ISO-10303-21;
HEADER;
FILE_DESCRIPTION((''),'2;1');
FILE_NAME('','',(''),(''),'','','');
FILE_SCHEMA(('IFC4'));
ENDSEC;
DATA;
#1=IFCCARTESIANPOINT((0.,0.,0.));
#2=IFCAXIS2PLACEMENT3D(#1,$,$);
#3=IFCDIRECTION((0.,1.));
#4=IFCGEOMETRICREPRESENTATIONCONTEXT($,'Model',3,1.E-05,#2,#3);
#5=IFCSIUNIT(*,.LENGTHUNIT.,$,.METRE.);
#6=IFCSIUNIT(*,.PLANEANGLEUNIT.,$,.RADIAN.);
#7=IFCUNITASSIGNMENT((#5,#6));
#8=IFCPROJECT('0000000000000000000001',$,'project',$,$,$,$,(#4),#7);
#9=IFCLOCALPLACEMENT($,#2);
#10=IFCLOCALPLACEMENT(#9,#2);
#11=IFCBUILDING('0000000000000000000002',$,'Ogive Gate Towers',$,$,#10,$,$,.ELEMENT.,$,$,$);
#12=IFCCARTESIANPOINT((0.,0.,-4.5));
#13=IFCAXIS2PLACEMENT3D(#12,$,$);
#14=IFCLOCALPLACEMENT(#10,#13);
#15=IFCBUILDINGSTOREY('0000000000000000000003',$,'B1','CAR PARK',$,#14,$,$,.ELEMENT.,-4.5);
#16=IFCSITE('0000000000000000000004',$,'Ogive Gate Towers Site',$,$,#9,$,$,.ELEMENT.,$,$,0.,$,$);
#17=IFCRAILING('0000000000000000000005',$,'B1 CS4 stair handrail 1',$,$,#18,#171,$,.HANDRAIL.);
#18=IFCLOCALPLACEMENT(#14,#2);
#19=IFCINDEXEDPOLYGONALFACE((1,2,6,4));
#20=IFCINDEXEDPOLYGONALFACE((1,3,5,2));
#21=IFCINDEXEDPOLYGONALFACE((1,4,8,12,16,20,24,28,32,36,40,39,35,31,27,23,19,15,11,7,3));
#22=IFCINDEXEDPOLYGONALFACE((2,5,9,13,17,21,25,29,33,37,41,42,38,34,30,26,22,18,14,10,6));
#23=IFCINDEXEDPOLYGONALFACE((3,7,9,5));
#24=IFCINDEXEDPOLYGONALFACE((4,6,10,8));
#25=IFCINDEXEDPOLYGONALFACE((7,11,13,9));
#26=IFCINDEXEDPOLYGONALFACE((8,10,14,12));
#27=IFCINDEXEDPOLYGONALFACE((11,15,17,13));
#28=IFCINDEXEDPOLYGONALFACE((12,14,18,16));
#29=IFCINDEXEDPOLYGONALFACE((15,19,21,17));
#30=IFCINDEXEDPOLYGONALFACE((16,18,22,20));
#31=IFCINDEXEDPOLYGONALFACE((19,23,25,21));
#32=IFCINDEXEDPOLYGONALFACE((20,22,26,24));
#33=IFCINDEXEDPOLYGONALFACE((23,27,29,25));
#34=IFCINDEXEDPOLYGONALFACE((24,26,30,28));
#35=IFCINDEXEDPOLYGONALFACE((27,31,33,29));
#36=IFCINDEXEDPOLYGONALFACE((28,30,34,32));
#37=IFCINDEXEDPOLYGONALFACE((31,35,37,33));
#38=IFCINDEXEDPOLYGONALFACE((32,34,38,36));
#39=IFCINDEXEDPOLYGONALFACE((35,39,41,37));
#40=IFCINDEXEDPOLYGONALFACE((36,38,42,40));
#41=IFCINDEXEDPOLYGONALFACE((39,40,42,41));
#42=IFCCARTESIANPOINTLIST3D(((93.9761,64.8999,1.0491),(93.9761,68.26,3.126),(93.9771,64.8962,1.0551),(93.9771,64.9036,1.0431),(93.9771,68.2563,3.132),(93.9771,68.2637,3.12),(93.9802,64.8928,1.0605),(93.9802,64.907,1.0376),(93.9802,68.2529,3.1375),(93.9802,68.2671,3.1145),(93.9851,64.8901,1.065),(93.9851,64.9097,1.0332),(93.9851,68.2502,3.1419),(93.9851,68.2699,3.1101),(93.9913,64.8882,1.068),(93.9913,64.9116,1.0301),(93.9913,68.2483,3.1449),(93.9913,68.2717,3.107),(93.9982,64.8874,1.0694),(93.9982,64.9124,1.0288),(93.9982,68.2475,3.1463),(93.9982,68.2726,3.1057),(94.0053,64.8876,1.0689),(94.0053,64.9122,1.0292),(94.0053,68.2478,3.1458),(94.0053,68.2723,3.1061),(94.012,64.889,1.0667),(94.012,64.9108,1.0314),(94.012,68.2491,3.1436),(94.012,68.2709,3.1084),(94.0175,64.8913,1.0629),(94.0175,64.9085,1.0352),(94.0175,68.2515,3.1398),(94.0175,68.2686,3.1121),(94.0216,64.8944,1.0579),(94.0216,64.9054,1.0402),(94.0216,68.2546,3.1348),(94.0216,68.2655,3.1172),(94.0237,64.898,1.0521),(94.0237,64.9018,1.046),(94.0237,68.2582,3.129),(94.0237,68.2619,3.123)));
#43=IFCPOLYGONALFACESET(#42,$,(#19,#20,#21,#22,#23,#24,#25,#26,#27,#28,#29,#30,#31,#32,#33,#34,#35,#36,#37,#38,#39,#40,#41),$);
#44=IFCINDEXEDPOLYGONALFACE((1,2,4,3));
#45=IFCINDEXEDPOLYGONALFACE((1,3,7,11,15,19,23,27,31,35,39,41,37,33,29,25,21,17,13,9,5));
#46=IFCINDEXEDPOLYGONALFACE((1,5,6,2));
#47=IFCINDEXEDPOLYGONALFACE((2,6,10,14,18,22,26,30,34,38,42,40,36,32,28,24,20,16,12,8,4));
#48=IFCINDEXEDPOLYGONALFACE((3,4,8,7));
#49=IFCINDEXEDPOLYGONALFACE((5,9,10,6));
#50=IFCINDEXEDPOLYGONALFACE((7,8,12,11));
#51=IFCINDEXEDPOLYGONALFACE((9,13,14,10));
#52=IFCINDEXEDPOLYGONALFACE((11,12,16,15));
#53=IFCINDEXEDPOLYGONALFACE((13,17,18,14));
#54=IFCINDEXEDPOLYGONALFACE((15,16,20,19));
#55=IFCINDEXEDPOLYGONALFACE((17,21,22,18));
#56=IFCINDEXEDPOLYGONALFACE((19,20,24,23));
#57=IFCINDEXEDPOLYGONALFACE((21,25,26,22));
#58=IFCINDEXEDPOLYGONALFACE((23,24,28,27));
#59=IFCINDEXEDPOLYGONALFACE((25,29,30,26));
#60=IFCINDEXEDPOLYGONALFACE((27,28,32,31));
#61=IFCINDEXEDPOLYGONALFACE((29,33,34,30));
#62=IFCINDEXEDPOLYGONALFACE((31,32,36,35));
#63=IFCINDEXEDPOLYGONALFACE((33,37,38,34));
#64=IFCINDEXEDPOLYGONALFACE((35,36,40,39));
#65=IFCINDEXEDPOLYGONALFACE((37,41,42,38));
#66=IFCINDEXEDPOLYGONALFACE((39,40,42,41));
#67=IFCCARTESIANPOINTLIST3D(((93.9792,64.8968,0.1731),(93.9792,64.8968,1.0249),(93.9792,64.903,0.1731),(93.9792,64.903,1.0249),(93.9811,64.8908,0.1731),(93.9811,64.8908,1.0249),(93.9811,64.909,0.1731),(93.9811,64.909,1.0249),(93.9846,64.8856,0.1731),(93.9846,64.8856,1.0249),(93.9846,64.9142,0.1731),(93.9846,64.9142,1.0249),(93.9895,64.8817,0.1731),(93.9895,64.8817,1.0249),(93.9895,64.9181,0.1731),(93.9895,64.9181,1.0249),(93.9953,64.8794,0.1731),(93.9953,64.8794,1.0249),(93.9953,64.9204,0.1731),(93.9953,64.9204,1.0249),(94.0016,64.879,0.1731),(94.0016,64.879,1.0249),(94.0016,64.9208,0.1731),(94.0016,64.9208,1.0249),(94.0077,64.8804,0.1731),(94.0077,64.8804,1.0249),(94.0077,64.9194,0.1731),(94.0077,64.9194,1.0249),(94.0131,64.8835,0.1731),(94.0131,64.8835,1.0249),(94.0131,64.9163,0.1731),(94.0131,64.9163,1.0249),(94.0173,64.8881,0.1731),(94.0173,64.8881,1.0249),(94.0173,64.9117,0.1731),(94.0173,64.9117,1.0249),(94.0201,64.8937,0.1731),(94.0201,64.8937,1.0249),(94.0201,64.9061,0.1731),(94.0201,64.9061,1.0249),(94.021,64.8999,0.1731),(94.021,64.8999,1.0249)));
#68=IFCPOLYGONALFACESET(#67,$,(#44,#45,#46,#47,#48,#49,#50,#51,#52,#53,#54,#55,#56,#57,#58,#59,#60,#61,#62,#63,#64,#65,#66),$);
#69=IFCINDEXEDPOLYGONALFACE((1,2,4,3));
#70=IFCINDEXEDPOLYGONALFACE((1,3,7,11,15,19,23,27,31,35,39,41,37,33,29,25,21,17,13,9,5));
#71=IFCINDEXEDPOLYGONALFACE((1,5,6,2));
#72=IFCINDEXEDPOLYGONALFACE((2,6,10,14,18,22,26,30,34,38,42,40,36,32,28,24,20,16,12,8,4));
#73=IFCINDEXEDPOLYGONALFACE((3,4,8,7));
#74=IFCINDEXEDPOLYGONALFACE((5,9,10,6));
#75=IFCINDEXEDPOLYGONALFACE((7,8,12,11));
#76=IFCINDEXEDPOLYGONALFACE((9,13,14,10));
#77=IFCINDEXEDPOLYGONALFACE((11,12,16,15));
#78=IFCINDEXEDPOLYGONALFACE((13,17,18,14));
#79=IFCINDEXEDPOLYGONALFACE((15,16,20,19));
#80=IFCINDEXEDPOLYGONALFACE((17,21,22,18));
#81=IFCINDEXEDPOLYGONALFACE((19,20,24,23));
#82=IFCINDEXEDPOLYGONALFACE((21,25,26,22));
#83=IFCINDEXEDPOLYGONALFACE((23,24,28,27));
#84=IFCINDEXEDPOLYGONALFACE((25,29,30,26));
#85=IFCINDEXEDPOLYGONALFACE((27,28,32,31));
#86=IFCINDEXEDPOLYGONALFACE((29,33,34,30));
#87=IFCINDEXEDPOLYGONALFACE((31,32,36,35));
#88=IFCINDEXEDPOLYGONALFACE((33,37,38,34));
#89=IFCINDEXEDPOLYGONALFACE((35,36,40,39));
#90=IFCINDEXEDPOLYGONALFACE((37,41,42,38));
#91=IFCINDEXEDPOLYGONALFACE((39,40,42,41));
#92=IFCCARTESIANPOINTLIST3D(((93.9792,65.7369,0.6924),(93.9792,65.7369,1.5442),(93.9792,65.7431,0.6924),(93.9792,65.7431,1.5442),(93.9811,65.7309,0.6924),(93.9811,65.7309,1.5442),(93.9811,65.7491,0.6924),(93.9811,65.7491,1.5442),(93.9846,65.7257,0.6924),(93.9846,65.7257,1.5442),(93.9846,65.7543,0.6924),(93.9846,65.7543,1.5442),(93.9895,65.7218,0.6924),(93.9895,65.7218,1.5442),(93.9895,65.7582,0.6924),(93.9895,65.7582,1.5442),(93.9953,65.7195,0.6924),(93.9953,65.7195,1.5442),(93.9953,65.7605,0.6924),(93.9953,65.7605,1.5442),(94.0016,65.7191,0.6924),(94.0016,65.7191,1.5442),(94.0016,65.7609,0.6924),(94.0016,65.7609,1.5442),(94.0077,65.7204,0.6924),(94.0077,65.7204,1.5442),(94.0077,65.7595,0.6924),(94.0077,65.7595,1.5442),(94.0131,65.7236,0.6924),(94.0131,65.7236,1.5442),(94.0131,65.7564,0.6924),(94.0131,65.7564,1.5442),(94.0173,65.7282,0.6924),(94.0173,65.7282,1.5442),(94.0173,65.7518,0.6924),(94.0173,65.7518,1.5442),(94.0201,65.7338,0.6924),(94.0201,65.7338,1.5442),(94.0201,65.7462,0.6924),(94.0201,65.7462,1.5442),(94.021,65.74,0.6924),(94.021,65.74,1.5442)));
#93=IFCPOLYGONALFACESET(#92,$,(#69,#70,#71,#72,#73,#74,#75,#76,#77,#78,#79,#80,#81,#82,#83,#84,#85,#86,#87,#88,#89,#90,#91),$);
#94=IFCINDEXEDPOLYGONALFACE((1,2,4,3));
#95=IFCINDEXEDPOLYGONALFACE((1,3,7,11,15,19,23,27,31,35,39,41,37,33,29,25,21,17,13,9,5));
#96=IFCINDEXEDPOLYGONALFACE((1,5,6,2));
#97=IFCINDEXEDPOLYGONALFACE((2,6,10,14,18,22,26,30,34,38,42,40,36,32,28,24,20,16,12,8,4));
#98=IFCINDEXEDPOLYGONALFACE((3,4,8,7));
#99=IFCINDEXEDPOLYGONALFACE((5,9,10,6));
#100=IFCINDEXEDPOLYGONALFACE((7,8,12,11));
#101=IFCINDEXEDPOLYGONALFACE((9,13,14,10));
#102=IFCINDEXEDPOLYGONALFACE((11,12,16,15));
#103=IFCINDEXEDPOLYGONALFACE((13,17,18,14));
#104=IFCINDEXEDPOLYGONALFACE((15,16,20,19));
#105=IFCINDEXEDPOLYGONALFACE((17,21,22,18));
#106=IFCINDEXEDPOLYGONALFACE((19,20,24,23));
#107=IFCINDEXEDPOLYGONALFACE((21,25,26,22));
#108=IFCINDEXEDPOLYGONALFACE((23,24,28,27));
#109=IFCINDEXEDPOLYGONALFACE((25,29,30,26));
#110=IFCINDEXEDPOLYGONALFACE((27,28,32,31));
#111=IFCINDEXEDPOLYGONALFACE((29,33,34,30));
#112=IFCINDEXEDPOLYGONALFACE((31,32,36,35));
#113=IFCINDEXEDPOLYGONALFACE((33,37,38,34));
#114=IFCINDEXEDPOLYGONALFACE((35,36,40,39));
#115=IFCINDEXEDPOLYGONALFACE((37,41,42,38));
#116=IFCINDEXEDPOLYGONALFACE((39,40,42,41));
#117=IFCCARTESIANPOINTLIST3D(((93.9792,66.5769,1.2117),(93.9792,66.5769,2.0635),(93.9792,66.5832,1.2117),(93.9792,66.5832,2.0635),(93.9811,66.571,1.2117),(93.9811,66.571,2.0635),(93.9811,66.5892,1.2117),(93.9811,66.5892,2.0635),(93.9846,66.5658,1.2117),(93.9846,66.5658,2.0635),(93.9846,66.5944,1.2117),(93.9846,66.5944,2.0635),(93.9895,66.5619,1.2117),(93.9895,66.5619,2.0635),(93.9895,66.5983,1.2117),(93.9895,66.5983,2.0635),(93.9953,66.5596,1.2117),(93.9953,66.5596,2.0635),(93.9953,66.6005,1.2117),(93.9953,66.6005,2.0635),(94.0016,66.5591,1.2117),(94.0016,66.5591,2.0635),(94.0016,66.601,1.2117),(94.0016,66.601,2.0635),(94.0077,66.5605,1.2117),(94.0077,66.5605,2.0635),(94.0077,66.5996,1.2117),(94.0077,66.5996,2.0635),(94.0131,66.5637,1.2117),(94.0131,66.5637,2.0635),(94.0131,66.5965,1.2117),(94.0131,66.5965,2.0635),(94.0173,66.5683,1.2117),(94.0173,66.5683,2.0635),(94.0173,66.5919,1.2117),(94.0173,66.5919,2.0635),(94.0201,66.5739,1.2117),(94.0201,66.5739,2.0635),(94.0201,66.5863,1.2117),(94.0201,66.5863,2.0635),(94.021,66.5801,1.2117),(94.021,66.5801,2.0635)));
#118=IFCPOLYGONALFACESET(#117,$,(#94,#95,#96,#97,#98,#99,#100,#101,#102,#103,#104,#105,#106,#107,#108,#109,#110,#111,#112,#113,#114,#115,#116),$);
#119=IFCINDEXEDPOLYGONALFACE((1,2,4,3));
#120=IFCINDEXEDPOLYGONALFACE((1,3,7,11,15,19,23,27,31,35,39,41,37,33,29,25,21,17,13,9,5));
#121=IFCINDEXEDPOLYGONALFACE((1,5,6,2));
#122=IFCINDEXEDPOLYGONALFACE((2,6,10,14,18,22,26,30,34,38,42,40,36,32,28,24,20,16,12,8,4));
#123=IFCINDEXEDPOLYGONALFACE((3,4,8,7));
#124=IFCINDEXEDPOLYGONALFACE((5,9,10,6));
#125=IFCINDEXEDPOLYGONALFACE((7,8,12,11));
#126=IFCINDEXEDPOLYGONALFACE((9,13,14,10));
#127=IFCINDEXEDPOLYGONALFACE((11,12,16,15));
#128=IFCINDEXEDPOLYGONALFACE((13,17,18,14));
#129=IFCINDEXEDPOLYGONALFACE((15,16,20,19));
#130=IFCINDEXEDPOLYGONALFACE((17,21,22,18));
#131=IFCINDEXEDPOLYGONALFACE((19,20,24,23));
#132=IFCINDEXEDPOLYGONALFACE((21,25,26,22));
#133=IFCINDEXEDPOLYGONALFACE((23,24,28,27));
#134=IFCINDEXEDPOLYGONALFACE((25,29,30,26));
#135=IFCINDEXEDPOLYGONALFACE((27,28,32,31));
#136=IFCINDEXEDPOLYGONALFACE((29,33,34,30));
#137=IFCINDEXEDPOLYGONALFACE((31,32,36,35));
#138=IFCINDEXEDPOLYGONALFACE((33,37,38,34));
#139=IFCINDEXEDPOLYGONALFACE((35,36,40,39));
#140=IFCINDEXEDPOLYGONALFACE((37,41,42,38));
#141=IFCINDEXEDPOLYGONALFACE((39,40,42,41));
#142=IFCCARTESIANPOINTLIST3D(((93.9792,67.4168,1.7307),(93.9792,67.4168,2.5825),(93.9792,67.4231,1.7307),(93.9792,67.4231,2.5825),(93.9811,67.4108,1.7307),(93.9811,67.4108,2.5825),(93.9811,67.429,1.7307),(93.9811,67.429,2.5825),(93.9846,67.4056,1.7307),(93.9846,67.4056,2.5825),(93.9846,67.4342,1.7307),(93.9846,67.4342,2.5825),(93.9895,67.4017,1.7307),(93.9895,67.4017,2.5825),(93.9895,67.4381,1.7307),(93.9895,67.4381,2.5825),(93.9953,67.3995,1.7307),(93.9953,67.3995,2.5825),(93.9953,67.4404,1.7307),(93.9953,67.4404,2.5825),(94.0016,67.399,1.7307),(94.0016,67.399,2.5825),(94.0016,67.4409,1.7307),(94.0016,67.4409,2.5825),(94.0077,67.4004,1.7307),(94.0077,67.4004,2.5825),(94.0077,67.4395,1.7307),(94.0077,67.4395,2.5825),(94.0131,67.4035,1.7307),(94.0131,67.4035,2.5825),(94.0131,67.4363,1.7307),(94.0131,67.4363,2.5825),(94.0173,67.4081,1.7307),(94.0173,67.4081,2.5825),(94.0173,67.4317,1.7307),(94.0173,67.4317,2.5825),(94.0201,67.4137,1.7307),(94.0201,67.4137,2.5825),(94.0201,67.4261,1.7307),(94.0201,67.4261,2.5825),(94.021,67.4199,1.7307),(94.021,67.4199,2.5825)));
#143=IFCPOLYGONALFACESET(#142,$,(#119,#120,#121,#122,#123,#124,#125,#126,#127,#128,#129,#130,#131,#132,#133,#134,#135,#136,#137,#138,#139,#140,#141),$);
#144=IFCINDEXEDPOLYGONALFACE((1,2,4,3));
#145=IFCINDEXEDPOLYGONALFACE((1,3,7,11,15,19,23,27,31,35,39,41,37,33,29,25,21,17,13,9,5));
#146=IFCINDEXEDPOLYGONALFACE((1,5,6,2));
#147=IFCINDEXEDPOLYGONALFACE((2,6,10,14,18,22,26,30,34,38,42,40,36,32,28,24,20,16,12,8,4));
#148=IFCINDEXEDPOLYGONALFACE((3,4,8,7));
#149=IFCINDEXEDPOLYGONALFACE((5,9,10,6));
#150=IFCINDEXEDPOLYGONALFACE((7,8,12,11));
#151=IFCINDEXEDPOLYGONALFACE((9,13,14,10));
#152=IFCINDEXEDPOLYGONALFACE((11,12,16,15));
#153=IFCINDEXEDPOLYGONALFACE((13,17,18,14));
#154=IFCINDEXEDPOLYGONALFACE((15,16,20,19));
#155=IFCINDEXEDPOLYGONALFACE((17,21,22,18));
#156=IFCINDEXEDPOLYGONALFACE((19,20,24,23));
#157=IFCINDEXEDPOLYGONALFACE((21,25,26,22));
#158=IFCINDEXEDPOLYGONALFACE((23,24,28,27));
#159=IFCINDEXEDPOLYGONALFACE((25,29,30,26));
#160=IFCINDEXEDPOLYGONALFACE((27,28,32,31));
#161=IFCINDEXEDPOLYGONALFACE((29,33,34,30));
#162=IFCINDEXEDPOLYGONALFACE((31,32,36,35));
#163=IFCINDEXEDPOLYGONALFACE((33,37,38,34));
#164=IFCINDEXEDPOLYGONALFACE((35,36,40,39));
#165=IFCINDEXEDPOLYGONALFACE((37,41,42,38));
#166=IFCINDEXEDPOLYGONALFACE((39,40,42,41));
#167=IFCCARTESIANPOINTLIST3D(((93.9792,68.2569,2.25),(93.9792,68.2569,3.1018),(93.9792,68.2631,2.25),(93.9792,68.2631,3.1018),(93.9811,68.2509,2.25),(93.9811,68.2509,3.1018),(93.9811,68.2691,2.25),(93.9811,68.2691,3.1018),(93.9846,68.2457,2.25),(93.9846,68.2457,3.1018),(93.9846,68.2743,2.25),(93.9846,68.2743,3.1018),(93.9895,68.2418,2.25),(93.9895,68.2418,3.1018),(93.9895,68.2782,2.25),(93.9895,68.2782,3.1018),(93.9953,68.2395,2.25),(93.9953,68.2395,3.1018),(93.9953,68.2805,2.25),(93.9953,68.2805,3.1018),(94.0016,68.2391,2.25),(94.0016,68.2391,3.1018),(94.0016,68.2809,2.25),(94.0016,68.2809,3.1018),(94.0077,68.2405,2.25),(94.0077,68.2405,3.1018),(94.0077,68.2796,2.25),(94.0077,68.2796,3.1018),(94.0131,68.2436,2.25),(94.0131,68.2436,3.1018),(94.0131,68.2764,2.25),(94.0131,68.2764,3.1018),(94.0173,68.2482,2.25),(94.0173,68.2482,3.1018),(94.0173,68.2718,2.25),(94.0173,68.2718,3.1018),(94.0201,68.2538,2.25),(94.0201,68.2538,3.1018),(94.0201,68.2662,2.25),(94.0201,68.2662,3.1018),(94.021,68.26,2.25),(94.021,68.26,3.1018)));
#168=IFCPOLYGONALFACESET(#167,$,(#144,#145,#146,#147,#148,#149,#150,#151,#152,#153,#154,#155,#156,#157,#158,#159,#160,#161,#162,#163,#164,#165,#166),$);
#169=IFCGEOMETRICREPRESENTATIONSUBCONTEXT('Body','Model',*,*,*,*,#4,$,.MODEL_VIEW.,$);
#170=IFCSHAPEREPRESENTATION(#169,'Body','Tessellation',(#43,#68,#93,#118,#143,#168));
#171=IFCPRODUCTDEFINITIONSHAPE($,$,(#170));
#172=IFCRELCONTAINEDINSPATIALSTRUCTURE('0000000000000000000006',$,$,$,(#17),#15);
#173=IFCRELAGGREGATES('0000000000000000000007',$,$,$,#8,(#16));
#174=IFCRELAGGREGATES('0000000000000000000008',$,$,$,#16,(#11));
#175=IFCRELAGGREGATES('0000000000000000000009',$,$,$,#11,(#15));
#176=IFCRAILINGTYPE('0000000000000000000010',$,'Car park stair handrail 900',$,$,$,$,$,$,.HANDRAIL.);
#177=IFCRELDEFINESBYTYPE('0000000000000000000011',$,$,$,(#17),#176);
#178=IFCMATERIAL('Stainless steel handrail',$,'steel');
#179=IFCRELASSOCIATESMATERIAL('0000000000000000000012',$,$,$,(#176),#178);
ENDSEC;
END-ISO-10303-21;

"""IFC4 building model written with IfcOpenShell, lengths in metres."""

from ifc_helpers import new_model, si_unit, direction, frame, origin, origin_2d, place, context, subcontext, project, spatial, circle, extrude, material, type_object, element, save


model = new_model("IFC4")

# Units and contexts
model_context = context("Model", 3, precision=1e-05, world=origin(), true_north=direction((0.0, 1.0)))
body_context = subcontext(model_context, "Body", "Model", "MODEL_VIEW")
ifc_project = project(units=[si_unit("LENGTHUNIT", "METRE"), si_unit("PLANEANGLEUNIT", "RADIAN")], contexts=[model_context])

# Site, building, storey
site_placement = place(None, origin())
site = spatial("IfcSite", under=ifc_project, at=site_placement, Name="Ogive Gate Towers Site", CompositionType="ELEMENT", RefElevation=0.0)
building_placement = place(site_placement, origin())
building = spatial("IfcBuilding", under=site, at=building_placement, Name="Ogive Gate Towers", CompositionType="ELEMENT")
storey_placement = place(building_placement, frame((0.0, 0.0, -4.5)))
storey = spatial("IfcBuildingStorey", under=building, at=storey_placement, Name="B1", Description="CAR PARK", CompositionType="ELEMENT", Elevation=-4.5)

# Railing
ifc_material_1 = material(Name="Stainless steel handrail", Category="steel")
railing_type_1 = type_object("IfcRailingType", Name="Car park stair handrail 900", PredefinedType="HANDRAIL", material=ifc_material_1)
railing_1_placement = place(storey_placement, frame((94.0, 64.8999, 0.1731)))
element("IfcRailing", 1, at=railing_1_placement, inside=storey, type_object=railing_type_1, Name="B1 CS4 stair handrail 1", PredefinedType="HANDRAIL", context=body_context, shape_type="SweptSolid", body=[
    extrude(circle(Radius=0.0239, at=origin_2d()), frame((0.0, 0.0, 0.876), z_axis=(0.0, 0.850623, 0.525776), x_axis=(-1.0, 0.0, 0.0)), (0.0, 0.0, 1.0), 3.9502),
    extrude(circle(Radius=0.021, at=origin_2d()), origin(), (0.0, 0.0, 1.0), 0.8518),
    extrude(circle(Radius=0.021, at=origin_2d()), frame((0.0, 0.8401, 0.5193)), (0.0, 0.0, 1.0), 0.8518),
    extrude(circle(Radius=0.021, at=origin_2d()), frame((0.0, 1.6802, 1.0386)), (0.0, 0.0, 1.0), 0.8518),
    extrude(circle(Radius=0.021, at=origin_2d()), frame((0.0, 2.52, 1.5576)), (0.0, 0.0, 1.0), 0.8518),
    extrude(circle(Radius=0.021, at=origin_2d()), frame((0.0, 3.3601, 2.0769)), (0.0, 0.0, 1.0), 0.8518),
])

save(model, "model.ifc")
